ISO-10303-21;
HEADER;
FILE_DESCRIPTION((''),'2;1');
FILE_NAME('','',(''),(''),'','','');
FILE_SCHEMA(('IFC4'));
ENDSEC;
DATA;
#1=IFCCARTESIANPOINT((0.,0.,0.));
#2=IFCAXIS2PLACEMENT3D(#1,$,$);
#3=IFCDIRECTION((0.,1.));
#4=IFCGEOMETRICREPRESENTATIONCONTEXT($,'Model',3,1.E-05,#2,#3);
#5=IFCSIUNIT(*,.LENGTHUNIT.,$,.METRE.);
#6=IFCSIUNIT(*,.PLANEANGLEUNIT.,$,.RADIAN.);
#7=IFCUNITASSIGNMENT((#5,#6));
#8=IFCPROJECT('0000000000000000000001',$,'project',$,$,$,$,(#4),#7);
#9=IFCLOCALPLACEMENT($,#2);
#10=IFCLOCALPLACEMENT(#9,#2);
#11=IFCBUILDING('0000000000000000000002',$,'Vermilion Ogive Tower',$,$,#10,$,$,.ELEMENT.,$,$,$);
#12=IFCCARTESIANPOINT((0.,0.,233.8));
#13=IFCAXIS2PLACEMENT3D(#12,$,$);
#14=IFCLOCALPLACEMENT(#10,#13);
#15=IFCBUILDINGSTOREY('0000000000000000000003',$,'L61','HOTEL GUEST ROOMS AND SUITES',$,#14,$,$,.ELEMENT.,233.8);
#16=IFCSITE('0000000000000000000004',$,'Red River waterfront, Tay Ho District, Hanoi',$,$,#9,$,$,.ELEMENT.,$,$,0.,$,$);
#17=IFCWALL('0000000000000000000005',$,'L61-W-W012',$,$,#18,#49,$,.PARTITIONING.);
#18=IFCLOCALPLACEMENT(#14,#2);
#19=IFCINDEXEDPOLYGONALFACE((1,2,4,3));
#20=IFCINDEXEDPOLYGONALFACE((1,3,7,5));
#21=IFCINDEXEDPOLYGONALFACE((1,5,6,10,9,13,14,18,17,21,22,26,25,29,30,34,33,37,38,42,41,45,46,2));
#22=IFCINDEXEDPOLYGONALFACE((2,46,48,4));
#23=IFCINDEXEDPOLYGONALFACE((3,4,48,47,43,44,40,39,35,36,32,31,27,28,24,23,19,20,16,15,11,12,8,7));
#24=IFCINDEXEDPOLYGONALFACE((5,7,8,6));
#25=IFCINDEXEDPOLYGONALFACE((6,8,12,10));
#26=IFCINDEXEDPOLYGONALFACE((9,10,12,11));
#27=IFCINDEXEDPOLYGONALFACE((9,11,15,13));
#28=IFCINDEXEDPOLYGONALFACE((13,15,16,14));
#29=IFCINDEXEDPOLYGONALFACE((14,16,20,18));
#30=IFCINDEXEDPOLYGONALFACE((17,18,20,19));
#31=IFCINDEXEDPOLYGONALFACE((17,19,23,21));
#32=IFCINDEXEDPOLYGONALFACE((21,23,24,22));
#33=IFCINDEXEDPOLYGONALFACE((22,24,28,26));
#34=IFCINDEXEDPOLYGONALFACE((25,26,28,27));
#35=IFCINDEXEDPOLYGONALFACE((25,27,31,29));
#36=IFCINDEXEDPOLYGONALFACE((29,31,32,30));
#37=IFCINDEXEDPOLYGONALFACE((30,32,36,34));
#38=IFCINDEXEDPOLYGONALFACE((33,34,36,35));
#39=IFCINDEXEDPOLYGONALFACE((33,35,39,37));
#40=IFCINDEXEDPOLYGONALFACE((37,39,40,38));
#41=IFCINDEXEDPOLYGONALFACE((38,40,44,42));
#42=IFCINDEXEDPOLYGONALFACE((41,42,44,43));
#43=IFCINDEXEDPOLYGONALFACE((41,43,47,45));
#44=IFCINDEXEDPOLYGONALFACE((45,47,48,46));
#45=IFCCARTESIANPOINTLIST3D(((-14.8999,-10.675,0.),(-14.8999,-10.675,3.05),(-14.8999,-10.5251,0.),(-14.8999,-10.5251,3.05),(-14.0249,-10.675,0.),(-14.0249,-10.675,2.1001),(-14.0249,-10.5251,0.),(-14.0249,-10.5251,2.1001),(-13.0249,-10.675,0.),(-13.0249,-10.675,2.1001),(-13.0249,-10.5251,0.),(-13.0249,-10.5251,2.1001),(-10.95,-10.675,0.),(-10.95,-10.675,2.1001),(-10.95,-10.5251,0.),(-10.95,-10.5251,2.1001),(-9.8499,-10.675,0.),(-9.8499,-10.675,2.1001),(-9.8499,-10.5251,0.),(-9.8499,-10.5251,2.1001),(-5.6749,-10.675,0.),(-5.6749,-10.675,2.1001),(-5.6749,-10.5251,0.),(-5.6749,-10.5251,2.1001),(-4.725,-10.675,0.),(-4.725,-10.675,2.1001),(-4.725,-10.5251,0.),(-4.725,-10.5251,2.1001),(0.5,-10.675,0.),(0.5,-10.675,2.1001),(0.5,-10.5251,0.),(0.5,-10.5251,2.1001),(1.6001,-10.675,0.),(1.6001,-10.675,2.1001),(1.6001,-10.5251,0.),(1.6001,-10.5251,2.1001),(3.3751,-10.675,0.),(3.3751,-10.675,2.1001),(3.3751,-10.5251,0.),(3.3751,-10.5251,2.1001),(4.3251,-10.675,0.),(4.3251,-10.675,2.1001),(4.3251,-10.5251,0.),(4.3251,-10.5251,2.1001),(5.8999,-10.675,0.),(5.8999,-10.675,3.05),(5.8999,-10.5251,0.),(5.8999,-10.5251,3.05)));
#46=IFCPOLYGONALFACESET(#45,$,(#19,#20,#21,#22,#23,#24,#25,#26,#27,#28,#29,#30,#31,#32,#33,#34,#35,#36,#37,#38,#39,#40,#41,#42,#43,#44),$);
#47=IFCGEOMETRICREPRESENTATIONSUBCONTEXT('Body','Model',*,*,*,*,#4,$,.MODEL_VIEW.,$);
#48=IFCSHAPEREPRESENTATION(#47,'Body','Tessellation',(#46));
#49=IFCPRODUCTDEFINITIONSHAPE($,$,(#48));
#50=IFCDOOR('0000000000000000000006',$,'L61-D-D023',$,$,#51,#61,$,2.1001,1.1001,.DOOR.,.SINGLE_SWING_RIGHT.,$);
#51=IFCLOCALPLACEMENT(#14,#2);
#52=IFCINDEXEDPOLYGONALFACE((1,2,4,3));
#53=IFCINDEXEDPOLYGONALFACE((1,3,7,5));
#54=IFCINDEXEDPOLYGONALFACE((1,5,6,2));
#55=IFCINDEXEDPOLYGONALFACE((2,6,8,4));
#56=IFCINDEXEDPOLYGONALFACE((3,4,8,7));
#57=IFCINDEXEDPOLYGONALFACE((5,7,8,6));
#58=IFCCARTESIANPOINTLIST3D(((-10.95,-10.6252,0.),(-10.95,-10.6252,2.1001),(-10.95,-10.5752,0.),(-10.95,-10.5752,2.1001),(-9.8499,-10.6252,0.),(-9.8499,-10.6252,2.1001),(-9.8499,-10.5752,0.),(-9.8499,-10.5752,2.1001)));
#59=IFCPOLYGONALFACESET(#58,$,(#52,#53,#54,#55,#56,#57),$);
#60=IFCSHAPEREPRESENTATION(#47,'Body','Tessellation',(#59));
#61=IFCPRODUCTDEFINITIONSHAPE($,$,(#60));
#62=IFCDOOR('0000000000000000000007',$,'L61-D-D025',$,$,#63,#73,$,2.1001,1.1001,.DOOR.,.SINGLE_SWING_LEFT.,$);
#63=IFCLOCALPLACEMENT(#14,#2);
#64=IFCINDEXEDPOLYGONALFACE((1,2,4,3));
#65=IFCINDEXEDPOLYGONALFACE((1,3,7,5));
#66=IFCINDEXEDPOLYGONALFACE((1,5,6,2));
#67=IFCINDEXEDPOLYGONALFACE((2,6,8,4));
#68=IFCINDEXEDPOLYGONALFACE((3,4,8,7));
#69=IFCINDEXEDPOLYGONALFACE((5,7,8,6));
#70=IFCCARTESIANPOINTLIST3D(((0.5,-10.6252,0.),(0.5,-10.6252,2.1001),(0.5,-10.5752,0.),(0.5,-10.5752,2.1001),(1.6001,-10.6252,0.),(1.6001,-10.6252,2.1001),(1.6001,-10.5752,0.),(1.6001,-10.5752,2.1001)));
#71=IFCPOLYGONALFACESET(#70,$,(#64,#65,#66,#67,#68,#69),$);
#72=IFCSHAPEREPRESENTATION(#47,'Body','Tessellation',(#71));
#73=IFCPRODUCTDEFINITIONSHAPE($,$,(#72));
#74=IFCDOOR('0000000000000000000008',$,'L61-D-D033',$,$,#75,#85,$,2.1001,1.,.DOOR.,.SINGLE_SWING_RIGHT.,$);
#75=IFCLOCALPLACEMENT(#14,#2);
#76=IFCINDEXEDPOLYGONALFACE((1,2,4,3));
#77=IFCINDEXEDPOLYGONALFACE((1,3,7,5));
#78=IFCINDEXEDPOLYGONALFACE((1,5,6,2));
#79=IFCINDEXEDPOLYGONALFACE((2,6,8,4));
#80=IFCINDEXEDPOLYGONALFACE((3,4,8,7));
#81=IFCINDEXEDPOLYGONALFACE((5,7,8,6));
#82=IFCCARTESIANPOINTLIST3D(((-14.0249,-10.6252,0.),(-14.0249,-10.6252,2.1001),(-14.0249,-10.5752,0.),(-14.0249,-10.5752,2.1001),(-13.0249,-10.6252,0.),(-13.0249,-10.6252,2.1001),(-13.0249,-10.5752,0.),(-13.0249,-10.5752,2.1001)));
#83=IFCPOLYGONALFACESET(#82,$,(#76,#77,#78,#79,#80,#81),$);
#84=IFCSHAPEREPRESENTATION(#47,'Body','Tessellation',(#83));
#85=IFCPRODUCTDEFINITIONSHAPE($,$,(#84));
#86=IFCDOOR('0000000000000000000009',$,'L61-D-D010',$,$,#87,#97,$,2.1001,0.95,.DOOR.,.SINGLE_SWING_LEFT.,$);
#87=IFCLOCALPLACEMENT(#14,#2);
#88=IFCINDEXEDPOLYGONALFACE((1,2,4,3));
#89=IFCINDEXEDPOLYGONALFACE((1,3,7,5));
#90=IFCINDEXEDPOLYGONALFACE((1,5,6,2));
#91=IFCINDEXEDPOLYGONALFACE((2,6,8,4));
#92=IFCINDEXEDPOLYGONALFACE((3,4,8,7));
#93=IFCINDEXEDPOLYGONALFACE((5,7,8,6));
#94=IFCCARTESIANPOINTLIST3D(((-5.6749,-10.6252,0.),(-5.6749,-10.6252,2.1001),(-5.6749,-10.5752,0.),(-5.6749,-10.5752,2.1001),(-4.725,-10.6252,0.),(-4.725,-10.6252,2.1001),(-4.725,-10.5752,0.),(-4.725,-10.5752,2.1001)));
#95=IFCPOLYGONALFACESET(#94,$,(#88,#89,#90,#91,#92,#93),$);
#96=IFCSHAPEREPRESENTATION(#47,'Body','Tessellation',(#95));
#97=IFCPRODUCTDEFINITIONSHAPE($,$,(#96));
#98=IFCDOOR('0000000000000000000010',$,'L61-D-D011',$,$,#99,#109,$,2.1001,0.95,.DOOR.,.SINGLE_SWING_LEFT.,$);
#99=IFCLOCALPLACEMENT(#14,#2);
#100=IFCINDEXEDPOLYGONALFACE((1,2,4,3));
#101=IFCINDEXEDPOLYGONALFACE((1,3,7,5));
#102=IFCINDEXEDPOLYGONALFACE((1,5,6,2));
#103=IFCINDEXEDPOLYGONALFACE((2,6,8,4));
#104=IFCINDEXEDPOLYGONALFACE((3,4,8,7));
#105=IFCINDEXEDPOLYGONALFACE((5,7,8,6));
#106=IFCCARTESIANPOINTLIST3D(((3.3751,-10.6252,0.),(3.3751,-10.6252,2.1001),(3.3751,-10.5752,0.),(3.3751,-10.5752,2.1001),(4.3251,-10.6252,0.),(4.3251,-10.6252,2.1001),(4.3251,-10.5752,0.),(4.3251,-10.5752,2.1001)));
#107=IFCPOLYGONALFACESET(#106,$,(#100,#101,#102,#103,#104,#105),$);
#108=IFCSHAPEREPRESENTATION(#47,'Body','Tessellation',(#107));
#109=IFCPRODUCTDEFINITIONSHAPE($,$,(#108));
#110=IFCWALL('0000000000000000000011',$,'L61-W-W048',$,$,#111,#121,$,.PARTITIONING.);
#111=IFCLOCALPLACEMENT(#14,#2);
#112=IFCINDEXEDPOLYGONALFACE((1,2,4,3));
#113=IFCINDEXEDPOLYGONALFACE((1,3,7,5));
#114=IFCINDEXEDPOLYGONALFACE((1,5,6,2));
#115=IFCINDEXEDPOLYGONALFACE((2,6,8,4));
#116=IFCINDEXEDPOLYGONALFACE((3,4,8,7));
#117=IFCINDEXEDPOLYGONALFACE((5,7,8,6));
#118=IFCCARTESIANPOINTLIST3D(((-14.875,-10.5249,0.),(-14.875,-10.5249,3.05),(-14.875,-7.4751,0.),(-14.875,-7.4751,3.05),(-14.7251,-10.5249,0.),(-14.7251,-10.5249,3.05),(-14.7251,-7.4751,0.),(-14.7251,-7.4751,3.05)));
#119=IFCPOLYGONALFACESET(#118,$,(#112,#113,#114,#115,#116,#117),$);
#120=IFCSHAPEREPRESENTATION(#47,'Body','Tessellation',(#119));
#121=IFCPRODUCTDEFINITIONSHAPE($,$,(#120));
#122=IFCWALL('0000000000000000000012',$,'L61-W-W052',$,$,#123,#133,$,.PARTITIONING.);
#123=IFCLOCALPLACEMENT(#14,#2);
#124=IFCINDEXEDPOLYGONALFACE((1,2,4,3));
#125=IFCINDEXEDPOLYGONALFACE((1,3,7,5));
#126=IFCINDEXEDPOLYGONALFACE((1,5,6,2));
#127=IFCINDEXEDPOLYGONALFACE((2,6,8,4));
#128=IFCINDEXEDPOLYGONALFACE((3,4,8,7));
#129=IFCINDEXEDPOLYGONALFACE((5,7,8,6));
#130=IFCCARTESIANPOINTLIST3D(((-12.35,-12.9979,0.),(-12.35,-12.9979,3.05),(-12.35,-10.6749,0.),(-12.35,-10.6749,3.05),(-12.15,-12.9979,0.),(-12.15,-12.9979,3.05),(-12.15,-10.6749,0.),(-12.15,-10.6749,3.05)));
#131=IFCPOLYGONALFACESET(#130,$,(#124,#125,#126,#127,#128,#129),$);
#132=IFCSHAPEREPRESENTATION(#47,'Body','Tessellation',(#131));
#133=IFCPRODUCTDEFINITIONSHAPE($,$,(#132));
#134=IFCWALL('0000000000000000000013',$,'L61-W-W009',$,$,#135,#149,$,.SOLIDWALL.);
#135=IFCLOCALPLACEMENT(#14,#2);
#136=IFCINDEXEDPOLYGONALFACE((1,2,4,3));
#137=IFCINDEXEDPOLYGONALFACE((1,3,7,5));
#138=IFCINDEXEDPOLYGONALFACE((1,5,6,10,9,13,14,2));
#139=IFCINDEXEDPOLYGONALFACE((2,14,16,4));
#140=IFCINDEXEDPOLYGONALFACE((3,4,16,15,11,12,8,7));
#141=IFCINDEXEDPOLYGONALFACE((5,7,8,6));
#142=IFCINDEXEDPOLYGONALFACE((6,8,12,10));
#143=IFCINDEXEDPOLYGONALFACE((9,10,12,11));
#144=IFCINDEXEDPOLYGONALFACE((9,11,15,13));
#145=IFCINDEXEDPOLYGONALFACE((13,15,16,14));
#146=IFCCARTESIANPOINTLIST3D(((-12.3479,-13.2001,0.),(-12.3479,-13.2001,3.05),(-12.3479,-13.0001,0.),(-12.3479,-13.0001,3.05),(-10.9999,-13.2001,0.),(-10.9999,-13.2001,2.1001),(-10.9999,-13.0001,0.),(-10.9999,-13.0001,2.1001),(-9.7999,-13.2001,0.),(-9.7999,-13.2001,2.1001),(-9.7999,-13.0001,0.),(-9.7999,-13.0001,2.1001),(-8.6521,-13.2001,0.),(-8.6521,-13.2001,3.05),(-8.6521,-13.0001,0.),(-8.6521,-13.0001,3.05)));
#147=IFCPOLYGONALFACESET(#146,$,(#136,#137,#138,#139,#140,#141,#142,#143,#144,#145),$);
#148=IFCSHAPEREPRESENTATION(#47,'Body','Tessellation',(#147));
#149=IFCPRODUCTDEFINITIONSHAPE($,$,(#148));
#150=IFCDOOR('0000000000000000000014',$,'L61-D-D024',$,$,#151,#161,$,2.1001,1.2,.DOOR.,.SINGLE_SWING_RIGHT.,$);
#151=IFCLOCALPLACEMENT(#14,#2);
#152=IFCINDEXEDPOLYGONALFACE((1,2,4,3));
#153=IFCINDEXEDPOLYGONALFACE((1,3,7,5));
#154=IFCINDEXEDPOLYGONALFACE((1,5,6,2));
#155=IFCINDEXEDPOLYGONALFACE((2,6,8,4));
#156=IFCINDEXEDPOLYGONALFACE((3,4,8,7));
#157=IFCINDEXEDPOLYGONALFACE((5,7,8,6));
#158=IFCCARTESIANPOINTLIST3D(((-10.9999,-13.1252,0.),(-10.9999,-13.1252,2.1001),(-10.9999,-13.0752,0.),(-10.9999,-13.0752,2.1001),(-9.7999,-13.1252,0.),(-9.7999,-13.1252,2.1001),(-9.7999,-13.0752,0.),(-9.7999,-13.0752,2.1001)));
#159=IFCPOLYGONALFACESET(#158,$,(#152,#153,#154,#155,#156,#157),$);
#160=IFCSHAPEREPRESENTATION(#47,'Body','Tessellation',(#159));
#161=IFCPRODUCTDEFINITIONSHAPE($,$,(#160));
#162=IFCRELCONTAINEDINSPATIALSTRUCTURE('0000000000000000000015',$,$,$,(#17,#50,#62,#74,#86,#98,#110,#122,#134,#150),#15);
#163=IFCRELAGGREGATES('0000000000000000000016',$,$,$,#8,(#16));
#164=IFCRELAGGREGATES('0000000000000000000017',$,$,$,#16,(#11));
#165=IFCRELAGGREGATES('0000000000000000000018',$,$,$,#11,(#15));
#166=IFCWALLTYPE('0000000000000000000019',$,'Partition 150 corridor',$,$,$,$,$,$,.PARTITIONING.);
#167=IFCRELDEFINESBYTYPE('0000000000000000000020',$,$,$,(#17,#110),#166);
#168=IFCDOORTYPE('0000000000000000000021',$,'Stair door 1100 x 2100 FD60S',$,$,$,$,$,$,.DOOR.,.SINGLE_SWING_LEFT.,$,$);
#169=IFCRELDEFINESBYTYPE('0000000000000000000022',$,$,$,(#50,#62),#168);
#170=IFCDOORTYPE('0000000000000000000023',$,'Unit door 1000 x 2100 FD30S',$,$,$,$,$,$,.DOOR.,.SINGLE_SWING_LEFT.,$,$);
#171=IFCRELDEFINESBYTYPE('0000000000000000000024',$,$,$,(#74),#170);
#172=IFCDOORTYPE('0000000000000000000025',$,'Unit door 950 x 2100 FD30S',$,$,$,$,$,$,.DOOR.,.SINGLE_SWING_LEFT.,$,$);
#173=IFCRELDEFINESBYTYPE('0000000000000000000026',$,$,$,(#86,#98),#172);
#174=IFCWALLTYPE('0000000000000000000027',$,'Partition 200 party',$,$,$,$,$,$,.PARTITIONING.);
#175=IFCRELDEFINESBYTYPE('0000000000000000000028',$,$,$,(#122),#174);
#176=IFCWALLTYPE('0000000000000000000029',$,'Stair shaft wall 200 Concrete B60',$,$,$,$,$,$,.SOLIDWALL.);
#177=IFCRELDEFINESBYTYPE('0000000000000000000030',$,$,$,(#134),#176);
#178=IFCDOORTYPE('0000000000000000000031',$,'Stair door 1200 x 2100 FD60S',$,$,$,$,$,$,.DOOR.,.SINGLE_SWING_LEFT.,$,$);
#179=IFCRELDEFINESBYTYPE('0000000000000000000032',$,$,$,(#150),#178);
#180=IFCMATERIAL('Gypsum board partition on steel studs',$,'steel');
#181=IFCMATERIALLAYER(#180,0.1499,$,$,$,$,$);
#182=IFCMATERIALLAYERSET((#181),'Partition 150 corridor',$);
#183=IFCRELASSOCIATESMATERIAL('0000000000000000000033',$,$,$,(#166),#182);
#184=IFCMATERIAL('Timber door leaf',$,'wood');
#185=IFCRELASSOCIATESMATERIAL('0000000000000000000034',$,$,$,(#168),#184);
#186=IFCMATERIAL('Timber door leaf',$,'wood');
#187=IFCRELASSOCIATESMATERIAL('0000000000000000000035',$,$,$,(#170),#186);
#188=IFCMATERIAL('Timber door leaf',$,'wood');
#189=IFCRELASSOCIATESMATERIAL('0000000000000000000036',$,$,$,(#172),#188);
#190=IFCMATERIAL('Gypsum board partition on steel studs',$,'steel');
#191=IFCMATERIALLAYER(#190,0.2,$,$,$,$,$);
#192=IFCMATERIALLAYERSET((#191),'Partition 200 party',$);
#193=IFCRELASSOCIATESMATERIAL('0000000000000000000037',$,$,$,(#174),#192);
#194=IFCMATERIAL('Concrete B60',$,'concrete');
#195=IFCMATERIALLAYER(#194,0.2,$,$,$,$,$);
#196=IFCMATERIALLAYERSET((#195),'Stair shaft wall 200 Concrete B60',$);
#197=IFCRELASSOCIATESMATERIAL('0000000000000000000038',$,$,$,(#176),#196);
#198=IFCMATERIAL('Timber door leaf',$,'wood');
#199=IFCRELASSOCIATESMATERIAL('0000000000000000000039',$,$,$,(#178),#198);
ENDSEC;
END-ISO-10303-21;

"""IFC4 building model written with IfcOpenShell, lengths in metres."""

from ifc_helpers import new_model, si_unit, direction, frame, frame_2d, origin, place, context, subcontext, project, spatial, rectangle, extrude, material, layer, layer_set, type_object, element, fill, save


model = new_model("IFC4")

# Units and contexts
model_context = context("Model", 3, precision=1e-05, world=origin(), true_north=direction((0.0, 1.0)))
body_context = subcontext(model_context, "Body", "Model", "MODEL_VIEW")
ifc_project = project(units=[si_unit("LENGTHUNIT", "METRE"), si_unit("PLANEANGLEUNIT", "RADIAN")], contexts=[model_context])

# Site, building, storey
site_placement = place(None, origin())
site = spatial("IfcSite", under=ifc_project, at=site_placement, Name="Red River waterfront, Tay Ho District, Hanoi", CompositionType="ELEMENT", RefElevation=0.0)
building_placement = place(site_placement, origin())
building = spatial("IfcBuilding", under=site, at=building_placement, Name="Vermilion Ogive Tower", CompositionType="ELEMENT")
storey_placement = place(building_placement, frame((0.0, 0.0, 233.8)))
storey = spatial("IfcBuildingStorey", under=building, at=storey_placement, Name="L61", Description="HOTEL GUEST ROOMS AND SUITES", CompositionType="ELEMENT", Elevation=233.8)

# Wall, openings, doors
ifc_material_1 = material(Name="Gypsum board partition on steel studs", Category="steel")
ifc_layer_1 = layer(ifc_material_1, 0.1499)
ifc_layer_set_1 = layer_set([ifc_layer_1], Name="Partition 150 corridor")
wall_type_1 = type_object("IfcWallType", Name="Partition 150 corridor", PredefinedType="PARTITIONING", material=ifc_layer_set_1)
wall_1_placement = place(storey_placement, frame((-14.8999, -10.6001, 0.0), z_axis=(0.0, 0.0, 1.0), x_axis=(1.0, 0.0, 0.0)))
wall_1 = element("IfcWall", 1, at=wall_1_placement, inside=storey, type_object=wall_type_1, Name="L61-W-W012", PredefinedType="PARTITIONING", context=body_context, shape_type="SweptSolid", body=[
    extrude(rectangle(XDim=20.7998, YDim=0.1499, at=frame_2d((10.3999, 0.0))), origin(), (0.0, 0.0, 1.0), 3.05),
])
opening_1_placement = place(wall_1_placement, frame((9.2249, 0.0, 0.0)))
opening_1 = element("IfcOpeningElement", 2, at=opening_1_placement, cuts=wall_1, PredefinedType="OPENING", context=body_context, shape_type="SweptSolid", body=[
    extrude(rectangle(XDim=0.95, YDim=2.1001, at=frame_2d((0.4751, 1.05))), frame((0.0, 0.085, 0.0), z_axis=(0.0, -1.0, 0.0), x_axis=(1.0, 0.0, 0.0)), (0.0, 0.0, 1.0), 0.1699),
])
opening_2_placement = place(wall_1_placement, frame((18.2749, 0.0, 0.0)))
opening_2 = element("IfcOpeningElement", 3, at=opening_2_placement, cuts=wall_1, PredefinedType="OPENING", context=body_context, shape_type="SweptSolid", body=[
    extrude(rectangle(XDim=0.95, YDim=2.1001, at=frame_2d((0.4751, 1.05))), frame((0.0, 0.085, 0.0), z_axis=(0.0, -1.0, 0.0), x_axis=(1.0, 0.0, 0.0)), (0.0, 0.0, 1.0), 0.1699),
])
opening_3_placement = place(wall_1_placement, frame((3.95, 0.0, 0.0)))
opening_3 = element("IfcOpeningElement", 4, at=opening_3_placement, cuts=wall_1, PredefinedType="OPENING", context=body_context, shape_type="SweptSolid", body=[
    extrude(rectangle(XDim=1.1001, YDim=2.1001, at=frame_2d((0.55, 1.05))), frame((0.0, 0.085, 0.0), z_axis=(0.0, -1.0, 0.0), x_axis=(1.0, 0.0, 0.0)), (0.0, 0.0, 1.0), 0.1699),
])
opening_4_placement = place(wall_1_placement, frame((15.3999, 0.0, 0.0)))
opening_4 = element("IfcOpeningElement", 5, at=opening_4_placement, cuts=wall_1, PredefinedType="OPENING", context=body_context, shape_type="SweptSolid", body=[
    extrude(rectangle(XDim=1.1001, YDim=2.1001, at=frame_2d((0.55, 1.05))), frame((0.0, 0.085, 0.0), z_axis=(0.0, -1.0, 0.0), x_axis=(1.0, 0.0, 0.0)), (0.0, 0.0, 1.0), 0.1699),
])
opening_5_placement = place(wall_1_placement, frame((0.875, 0.0, 0.0)))
opening_5 = element("IfcOpeningElement", 6, at=opening_5_placement, cuts=wall_1, PredefinedType="OPENING", context=body_context, shape_type="SweptSolid", body=[
    extrude(rectangle(XDim=1.0, YDim=2.1001, at=frame_2d((0.5, 1.05))), frame((0.0, 0.085, 0.0), z_axis=(0.0, -1.0, 0.0), x_axis=(1.0, 0.0, 0.0)), (0.0, 0.0, 1.0), 0.1699),
])
ifc_material_2 = material(Name="Timber door leaf", Category="wood")
door_type_1 = type_object("IfcDoorType", Name="Stair door 1100 x 2100 FD60S", OperationType="SINGLE_SWING_LEFT", PredefinedType="DOOR", material=ifc_material_2)
door_1_placement = place(opening_3_placement, origin())
door_1 = element("IfcDoor", 7, at=door_1_placement, inside=storey, type_object=door_type_1, Name="L61-D-D023", OperationType="SINGLE_SWING_RIGHT", OverallHeight=2.1001, OverallWidth=1.1001, PredefinedType="DOOR", context=body_context, shape_type="SweptSolid", body=[
    extrude(rectangle(XDim=1.1001, YDim=2.1001, at=frame_2d((0.55, 1.05))), frame((0.0, 0.0249, 0.0), z_axis=(0.0, -1.0, 0.0), x_axis=(1.0, 0.0, 0.0)), (0.0, 0.0, 1.0), 0.05),
])
fill(opening_3, door_1)
door_2_placement = place(opening_4_placement, origin())
door_2 = element("IfcDoor", 8, at=door_2_placement, inside=storey, type_object=door_type_1, Name="L61-D-D025", OperationType="SINGLE_SWING_LEFT", OverallHeight=2.1001, OverallWidth=1.1001, PredefinedType="DOOR", context=body_context, shape_type="SweptSolid", body=[
    extrude(rectangle(XDim=1.1001, YDim=2.1001, at=frame_2d((0.55, 1.05))), frame((0.0, 0.0249, 0.0), z_axis=(0.0, -1.0, 0.0), x_axis=(1.0, 0.0, 0.0)), (0.0, 0.0, 1.0), 0.05),
])
fill(opening_4, door_2)
ifc_material_3 = material(Name="Timber door leaf", Category="wood")
door_type_2 = type_object("IfcDoorType", Name="Unit door 1000 x 2100 FD30S", OperationType="SINGLE_SWING_LEFT", PredefinedType="DOOR", material=ifc_material_3)
door_3_placement = place(opening_5_placement, origin())
door_3 = element("IfcDoor", 9, at=door_3_placement, inside=storey, type_object=door_type_2, Name="L61-D-D033", OperationType="SINGLE_SWING_RIGHT", OverallHeight=2.1001, OverallWidth=1.0, PredefinedType="DOOR", context=body_context, shape_type="SweptSolid", body=[
    extrude(rectangle(XDim=1.0, YDim=2.1001, at=frame_2d((0.5, 1.05))), frame((0.0, 0.0249, 0.0), z_axis=(0.0, -1.0, 0.0), x_axis=(1.0, 0.0, 0.0)), (0.0, 0.0, 1.0), 0.05),
])
fill(opening_5, door_3)
ifc_material_4 = material(Name="Timber door leaf", Category="wood")
door_type_3 = type_object("IfcDoorType", Name="Unit door 950 x 2100 FD30S", OperationType="SINGLE_SWING_LEFT", PredefinedType="DOOR", material=ifc_material_4)
door_4_placement = place(opening_1_placement, origin())
door_4 = element("IfcDoor", 10, at=door_4_placement, inside=storey, type_object=door_type_3, Name="L61-D-D010", OperationType="SINGLE_SWING_LEFT", OverallHeight=2.1001, OverallWidth=0.95, PredefinedType="DOOR", context=body_context, shape_type="SweptSolid", body=[
    extrude(rectangle(XDim=0.95, YDim=2.1001, at=frame_2d((0.4751, 1.05))), frame((0.0, 0.0249, 0.0), z_axis=(0.0, -1.0, 0.0), x_axis=(1.0, 0.0, 0.0)), (0.0, 0.0, 1.0), 0.05),
])
fill(opening_1, door_4)
door_5_placement = place(opening_2_placement, origin())
door_5 = element("IfcDoor", 11, at=door_5_placement, inside=storey, type_object=door_type_3, Name="L61-D-D011", OperationType="SINGLE_SWING_LEFT", OverallHeight=2.1001, OverallWidth=0.95, PredefinedType="DOOR", context=body_context, shape_type="SweptSolid", body=[
    extrude(rectangle(XDim=0.95, YDim=2.1001, at=frame_2d((0.4751, 1.05))), frame((0.0, 0.0249, 0.0), z_axis=(0.0, -1.0, 0.0), x_axis=(1.0, 0.0, 0.0)), (0.0, 0.0, 1.0), 0.05),
])
fill(opening_2, door_5)

# Walls
wall_2_placement = place(storey_placement, frame((-14.8, -10.5249, 0.0), z_axis=(0.0, 0.0, 1.0), x_axis=(0.0, 1.0, 0.0)))
element("IfcWall", 12, at=wall_2_placement, inside=storey, type_object=wall_type_1, Name="L61-W-W048", PredefinedType="PARTITIONING", context=body_context, shape_type="SweptSolid", body=[
    extrude(rectangle(XDim=3.0498, YDim=0.1499, at=frame_2d((1.5249, 0.0))), origin(), (0.0, 0.0, 1.0), 3.05),
])
ifc_material_5 = material(Name="Gypsum board partition on steel studs", Category="steel")
ifc_layer_2 = layer(ifc_material_5, 0.2)
ifc_layer_set_2 = layer_set([ifc_layer_2], Name="Partition 200 party")
wall_type_2 = type_object("IfcWallType", Name="Partition 200 party", PredefinedType="PARTITIONING", material=ifc_layer_set_2)
wall_3_placement = place(storey_placement, frame((-12.25, -12.998, 0.0), z_axis=(0.0, 0.0, 1.0), x_axis=(0.0, 1.0, 0.0)))
element("IfcWall", 13, at=wall_3_placement, inside=storey, type_object=wall_type_2, Name="L61-W-W052", PredefinedType="PARTITIONING", context=body_context, shape_type="SweptSolid", body=[
    extrude(rectangle(XDim=2.323, YDim=0.2, at=frame_2d((1.1616, 0.0))), origin(), (0.0, 0.0, 1.0), 3.05),
])

# Wall, opening, door
ifc_material_6 = material(Name="Concrete B60", Category="concrete")
ifc_layer_3 = layer(ifc_material_6, 0.2)
ifc_layer_set_3 = layer_set([ifc_layer_3], Name="Stair shaft wall 200 Concrete B60")
wall_type_3 = type_object("IfcWallType", Name="Stair shaft wall 200 Concrete B60", PredefinedType="SOLIDWALL", material=ifc_layer_set_3)
wall_4_placement = place(storey_placement, frame((-12.3479, -13.1001, 0.0), z_axis=(0.0, 0.0, 1.0), x_axis=(1.0, 0.0, 0.0)))
wall_4 = element("IfcWall", 14, at=wall_4_placement, inside=storey, type_object=wall_type_3, Name="L61-W-W009", PredefinedType="SOLIDWALL", context=body_context, shape_type="SweptSolid", body=[
    extrude(rectangle(XDim=3.6958, YDim=0.2, at=frame_2d((1.8479, 0.0))), origin(), (0.0, 0.0, 1.0), 3.05),
])
opening_6_placement = place(wall_4_placement, frame((1.3479, 0.0, 0.0)))
opening_6 = element("IfcOpeningElement", 15, at=opening_6_placement, cuts=wall_4, PredefinedType="OPENING", context=body_context, shape_type="SweptSolid", body=[
    extrude(rectangle(XDim=1.2, YDim=2.1001, at=frame_2d((0.6001, 1.05))), frame((0.0, 0.1099, 0.0), z_axis=(0.0, -1.0, 0.0), x_axis=(1.0, 0.0, 0.0)), (0.0, 0.0, 1.0), 0.22),
])
ifc_material_7 = material(Name="Timber door leaf", Category="wood")
door_type_4 = type_object("IfcDoorType", Name="Stair door 1200 x 2100 FD60S", OperationType="SINGLE_SWING_LEFT", PredefinedType="DOOR", material=ifc_material_7)
door_6_placement = place(opening_6_placement, origin())
door_6 = element("IfcDoor", 16, at=door_6_placement, inside=storey, type_object=door_type_4, Name="L61-D-D024", OperationType="SINGLE_SWING_RIGHT", OverallHeight=2.1001, OverallWidth=1.2, PredefinedType="DOOR", context=body_context, shape_type="SweptSolid", body=[
    extrude(rectangle(XDim=1.2, YDim=2.1001, at=frame_2d((0.6001, 1.05))), frame((0.0, 0.0249, 0.0), z_axis=(0.0, -1.0, 0.0), x_axis=(1.0, 0.0, 0.0)), (0.0, 0.0, 1.0), 0.05),
])
fill(opening_6, door_6)

save(model, "model.ifc")
